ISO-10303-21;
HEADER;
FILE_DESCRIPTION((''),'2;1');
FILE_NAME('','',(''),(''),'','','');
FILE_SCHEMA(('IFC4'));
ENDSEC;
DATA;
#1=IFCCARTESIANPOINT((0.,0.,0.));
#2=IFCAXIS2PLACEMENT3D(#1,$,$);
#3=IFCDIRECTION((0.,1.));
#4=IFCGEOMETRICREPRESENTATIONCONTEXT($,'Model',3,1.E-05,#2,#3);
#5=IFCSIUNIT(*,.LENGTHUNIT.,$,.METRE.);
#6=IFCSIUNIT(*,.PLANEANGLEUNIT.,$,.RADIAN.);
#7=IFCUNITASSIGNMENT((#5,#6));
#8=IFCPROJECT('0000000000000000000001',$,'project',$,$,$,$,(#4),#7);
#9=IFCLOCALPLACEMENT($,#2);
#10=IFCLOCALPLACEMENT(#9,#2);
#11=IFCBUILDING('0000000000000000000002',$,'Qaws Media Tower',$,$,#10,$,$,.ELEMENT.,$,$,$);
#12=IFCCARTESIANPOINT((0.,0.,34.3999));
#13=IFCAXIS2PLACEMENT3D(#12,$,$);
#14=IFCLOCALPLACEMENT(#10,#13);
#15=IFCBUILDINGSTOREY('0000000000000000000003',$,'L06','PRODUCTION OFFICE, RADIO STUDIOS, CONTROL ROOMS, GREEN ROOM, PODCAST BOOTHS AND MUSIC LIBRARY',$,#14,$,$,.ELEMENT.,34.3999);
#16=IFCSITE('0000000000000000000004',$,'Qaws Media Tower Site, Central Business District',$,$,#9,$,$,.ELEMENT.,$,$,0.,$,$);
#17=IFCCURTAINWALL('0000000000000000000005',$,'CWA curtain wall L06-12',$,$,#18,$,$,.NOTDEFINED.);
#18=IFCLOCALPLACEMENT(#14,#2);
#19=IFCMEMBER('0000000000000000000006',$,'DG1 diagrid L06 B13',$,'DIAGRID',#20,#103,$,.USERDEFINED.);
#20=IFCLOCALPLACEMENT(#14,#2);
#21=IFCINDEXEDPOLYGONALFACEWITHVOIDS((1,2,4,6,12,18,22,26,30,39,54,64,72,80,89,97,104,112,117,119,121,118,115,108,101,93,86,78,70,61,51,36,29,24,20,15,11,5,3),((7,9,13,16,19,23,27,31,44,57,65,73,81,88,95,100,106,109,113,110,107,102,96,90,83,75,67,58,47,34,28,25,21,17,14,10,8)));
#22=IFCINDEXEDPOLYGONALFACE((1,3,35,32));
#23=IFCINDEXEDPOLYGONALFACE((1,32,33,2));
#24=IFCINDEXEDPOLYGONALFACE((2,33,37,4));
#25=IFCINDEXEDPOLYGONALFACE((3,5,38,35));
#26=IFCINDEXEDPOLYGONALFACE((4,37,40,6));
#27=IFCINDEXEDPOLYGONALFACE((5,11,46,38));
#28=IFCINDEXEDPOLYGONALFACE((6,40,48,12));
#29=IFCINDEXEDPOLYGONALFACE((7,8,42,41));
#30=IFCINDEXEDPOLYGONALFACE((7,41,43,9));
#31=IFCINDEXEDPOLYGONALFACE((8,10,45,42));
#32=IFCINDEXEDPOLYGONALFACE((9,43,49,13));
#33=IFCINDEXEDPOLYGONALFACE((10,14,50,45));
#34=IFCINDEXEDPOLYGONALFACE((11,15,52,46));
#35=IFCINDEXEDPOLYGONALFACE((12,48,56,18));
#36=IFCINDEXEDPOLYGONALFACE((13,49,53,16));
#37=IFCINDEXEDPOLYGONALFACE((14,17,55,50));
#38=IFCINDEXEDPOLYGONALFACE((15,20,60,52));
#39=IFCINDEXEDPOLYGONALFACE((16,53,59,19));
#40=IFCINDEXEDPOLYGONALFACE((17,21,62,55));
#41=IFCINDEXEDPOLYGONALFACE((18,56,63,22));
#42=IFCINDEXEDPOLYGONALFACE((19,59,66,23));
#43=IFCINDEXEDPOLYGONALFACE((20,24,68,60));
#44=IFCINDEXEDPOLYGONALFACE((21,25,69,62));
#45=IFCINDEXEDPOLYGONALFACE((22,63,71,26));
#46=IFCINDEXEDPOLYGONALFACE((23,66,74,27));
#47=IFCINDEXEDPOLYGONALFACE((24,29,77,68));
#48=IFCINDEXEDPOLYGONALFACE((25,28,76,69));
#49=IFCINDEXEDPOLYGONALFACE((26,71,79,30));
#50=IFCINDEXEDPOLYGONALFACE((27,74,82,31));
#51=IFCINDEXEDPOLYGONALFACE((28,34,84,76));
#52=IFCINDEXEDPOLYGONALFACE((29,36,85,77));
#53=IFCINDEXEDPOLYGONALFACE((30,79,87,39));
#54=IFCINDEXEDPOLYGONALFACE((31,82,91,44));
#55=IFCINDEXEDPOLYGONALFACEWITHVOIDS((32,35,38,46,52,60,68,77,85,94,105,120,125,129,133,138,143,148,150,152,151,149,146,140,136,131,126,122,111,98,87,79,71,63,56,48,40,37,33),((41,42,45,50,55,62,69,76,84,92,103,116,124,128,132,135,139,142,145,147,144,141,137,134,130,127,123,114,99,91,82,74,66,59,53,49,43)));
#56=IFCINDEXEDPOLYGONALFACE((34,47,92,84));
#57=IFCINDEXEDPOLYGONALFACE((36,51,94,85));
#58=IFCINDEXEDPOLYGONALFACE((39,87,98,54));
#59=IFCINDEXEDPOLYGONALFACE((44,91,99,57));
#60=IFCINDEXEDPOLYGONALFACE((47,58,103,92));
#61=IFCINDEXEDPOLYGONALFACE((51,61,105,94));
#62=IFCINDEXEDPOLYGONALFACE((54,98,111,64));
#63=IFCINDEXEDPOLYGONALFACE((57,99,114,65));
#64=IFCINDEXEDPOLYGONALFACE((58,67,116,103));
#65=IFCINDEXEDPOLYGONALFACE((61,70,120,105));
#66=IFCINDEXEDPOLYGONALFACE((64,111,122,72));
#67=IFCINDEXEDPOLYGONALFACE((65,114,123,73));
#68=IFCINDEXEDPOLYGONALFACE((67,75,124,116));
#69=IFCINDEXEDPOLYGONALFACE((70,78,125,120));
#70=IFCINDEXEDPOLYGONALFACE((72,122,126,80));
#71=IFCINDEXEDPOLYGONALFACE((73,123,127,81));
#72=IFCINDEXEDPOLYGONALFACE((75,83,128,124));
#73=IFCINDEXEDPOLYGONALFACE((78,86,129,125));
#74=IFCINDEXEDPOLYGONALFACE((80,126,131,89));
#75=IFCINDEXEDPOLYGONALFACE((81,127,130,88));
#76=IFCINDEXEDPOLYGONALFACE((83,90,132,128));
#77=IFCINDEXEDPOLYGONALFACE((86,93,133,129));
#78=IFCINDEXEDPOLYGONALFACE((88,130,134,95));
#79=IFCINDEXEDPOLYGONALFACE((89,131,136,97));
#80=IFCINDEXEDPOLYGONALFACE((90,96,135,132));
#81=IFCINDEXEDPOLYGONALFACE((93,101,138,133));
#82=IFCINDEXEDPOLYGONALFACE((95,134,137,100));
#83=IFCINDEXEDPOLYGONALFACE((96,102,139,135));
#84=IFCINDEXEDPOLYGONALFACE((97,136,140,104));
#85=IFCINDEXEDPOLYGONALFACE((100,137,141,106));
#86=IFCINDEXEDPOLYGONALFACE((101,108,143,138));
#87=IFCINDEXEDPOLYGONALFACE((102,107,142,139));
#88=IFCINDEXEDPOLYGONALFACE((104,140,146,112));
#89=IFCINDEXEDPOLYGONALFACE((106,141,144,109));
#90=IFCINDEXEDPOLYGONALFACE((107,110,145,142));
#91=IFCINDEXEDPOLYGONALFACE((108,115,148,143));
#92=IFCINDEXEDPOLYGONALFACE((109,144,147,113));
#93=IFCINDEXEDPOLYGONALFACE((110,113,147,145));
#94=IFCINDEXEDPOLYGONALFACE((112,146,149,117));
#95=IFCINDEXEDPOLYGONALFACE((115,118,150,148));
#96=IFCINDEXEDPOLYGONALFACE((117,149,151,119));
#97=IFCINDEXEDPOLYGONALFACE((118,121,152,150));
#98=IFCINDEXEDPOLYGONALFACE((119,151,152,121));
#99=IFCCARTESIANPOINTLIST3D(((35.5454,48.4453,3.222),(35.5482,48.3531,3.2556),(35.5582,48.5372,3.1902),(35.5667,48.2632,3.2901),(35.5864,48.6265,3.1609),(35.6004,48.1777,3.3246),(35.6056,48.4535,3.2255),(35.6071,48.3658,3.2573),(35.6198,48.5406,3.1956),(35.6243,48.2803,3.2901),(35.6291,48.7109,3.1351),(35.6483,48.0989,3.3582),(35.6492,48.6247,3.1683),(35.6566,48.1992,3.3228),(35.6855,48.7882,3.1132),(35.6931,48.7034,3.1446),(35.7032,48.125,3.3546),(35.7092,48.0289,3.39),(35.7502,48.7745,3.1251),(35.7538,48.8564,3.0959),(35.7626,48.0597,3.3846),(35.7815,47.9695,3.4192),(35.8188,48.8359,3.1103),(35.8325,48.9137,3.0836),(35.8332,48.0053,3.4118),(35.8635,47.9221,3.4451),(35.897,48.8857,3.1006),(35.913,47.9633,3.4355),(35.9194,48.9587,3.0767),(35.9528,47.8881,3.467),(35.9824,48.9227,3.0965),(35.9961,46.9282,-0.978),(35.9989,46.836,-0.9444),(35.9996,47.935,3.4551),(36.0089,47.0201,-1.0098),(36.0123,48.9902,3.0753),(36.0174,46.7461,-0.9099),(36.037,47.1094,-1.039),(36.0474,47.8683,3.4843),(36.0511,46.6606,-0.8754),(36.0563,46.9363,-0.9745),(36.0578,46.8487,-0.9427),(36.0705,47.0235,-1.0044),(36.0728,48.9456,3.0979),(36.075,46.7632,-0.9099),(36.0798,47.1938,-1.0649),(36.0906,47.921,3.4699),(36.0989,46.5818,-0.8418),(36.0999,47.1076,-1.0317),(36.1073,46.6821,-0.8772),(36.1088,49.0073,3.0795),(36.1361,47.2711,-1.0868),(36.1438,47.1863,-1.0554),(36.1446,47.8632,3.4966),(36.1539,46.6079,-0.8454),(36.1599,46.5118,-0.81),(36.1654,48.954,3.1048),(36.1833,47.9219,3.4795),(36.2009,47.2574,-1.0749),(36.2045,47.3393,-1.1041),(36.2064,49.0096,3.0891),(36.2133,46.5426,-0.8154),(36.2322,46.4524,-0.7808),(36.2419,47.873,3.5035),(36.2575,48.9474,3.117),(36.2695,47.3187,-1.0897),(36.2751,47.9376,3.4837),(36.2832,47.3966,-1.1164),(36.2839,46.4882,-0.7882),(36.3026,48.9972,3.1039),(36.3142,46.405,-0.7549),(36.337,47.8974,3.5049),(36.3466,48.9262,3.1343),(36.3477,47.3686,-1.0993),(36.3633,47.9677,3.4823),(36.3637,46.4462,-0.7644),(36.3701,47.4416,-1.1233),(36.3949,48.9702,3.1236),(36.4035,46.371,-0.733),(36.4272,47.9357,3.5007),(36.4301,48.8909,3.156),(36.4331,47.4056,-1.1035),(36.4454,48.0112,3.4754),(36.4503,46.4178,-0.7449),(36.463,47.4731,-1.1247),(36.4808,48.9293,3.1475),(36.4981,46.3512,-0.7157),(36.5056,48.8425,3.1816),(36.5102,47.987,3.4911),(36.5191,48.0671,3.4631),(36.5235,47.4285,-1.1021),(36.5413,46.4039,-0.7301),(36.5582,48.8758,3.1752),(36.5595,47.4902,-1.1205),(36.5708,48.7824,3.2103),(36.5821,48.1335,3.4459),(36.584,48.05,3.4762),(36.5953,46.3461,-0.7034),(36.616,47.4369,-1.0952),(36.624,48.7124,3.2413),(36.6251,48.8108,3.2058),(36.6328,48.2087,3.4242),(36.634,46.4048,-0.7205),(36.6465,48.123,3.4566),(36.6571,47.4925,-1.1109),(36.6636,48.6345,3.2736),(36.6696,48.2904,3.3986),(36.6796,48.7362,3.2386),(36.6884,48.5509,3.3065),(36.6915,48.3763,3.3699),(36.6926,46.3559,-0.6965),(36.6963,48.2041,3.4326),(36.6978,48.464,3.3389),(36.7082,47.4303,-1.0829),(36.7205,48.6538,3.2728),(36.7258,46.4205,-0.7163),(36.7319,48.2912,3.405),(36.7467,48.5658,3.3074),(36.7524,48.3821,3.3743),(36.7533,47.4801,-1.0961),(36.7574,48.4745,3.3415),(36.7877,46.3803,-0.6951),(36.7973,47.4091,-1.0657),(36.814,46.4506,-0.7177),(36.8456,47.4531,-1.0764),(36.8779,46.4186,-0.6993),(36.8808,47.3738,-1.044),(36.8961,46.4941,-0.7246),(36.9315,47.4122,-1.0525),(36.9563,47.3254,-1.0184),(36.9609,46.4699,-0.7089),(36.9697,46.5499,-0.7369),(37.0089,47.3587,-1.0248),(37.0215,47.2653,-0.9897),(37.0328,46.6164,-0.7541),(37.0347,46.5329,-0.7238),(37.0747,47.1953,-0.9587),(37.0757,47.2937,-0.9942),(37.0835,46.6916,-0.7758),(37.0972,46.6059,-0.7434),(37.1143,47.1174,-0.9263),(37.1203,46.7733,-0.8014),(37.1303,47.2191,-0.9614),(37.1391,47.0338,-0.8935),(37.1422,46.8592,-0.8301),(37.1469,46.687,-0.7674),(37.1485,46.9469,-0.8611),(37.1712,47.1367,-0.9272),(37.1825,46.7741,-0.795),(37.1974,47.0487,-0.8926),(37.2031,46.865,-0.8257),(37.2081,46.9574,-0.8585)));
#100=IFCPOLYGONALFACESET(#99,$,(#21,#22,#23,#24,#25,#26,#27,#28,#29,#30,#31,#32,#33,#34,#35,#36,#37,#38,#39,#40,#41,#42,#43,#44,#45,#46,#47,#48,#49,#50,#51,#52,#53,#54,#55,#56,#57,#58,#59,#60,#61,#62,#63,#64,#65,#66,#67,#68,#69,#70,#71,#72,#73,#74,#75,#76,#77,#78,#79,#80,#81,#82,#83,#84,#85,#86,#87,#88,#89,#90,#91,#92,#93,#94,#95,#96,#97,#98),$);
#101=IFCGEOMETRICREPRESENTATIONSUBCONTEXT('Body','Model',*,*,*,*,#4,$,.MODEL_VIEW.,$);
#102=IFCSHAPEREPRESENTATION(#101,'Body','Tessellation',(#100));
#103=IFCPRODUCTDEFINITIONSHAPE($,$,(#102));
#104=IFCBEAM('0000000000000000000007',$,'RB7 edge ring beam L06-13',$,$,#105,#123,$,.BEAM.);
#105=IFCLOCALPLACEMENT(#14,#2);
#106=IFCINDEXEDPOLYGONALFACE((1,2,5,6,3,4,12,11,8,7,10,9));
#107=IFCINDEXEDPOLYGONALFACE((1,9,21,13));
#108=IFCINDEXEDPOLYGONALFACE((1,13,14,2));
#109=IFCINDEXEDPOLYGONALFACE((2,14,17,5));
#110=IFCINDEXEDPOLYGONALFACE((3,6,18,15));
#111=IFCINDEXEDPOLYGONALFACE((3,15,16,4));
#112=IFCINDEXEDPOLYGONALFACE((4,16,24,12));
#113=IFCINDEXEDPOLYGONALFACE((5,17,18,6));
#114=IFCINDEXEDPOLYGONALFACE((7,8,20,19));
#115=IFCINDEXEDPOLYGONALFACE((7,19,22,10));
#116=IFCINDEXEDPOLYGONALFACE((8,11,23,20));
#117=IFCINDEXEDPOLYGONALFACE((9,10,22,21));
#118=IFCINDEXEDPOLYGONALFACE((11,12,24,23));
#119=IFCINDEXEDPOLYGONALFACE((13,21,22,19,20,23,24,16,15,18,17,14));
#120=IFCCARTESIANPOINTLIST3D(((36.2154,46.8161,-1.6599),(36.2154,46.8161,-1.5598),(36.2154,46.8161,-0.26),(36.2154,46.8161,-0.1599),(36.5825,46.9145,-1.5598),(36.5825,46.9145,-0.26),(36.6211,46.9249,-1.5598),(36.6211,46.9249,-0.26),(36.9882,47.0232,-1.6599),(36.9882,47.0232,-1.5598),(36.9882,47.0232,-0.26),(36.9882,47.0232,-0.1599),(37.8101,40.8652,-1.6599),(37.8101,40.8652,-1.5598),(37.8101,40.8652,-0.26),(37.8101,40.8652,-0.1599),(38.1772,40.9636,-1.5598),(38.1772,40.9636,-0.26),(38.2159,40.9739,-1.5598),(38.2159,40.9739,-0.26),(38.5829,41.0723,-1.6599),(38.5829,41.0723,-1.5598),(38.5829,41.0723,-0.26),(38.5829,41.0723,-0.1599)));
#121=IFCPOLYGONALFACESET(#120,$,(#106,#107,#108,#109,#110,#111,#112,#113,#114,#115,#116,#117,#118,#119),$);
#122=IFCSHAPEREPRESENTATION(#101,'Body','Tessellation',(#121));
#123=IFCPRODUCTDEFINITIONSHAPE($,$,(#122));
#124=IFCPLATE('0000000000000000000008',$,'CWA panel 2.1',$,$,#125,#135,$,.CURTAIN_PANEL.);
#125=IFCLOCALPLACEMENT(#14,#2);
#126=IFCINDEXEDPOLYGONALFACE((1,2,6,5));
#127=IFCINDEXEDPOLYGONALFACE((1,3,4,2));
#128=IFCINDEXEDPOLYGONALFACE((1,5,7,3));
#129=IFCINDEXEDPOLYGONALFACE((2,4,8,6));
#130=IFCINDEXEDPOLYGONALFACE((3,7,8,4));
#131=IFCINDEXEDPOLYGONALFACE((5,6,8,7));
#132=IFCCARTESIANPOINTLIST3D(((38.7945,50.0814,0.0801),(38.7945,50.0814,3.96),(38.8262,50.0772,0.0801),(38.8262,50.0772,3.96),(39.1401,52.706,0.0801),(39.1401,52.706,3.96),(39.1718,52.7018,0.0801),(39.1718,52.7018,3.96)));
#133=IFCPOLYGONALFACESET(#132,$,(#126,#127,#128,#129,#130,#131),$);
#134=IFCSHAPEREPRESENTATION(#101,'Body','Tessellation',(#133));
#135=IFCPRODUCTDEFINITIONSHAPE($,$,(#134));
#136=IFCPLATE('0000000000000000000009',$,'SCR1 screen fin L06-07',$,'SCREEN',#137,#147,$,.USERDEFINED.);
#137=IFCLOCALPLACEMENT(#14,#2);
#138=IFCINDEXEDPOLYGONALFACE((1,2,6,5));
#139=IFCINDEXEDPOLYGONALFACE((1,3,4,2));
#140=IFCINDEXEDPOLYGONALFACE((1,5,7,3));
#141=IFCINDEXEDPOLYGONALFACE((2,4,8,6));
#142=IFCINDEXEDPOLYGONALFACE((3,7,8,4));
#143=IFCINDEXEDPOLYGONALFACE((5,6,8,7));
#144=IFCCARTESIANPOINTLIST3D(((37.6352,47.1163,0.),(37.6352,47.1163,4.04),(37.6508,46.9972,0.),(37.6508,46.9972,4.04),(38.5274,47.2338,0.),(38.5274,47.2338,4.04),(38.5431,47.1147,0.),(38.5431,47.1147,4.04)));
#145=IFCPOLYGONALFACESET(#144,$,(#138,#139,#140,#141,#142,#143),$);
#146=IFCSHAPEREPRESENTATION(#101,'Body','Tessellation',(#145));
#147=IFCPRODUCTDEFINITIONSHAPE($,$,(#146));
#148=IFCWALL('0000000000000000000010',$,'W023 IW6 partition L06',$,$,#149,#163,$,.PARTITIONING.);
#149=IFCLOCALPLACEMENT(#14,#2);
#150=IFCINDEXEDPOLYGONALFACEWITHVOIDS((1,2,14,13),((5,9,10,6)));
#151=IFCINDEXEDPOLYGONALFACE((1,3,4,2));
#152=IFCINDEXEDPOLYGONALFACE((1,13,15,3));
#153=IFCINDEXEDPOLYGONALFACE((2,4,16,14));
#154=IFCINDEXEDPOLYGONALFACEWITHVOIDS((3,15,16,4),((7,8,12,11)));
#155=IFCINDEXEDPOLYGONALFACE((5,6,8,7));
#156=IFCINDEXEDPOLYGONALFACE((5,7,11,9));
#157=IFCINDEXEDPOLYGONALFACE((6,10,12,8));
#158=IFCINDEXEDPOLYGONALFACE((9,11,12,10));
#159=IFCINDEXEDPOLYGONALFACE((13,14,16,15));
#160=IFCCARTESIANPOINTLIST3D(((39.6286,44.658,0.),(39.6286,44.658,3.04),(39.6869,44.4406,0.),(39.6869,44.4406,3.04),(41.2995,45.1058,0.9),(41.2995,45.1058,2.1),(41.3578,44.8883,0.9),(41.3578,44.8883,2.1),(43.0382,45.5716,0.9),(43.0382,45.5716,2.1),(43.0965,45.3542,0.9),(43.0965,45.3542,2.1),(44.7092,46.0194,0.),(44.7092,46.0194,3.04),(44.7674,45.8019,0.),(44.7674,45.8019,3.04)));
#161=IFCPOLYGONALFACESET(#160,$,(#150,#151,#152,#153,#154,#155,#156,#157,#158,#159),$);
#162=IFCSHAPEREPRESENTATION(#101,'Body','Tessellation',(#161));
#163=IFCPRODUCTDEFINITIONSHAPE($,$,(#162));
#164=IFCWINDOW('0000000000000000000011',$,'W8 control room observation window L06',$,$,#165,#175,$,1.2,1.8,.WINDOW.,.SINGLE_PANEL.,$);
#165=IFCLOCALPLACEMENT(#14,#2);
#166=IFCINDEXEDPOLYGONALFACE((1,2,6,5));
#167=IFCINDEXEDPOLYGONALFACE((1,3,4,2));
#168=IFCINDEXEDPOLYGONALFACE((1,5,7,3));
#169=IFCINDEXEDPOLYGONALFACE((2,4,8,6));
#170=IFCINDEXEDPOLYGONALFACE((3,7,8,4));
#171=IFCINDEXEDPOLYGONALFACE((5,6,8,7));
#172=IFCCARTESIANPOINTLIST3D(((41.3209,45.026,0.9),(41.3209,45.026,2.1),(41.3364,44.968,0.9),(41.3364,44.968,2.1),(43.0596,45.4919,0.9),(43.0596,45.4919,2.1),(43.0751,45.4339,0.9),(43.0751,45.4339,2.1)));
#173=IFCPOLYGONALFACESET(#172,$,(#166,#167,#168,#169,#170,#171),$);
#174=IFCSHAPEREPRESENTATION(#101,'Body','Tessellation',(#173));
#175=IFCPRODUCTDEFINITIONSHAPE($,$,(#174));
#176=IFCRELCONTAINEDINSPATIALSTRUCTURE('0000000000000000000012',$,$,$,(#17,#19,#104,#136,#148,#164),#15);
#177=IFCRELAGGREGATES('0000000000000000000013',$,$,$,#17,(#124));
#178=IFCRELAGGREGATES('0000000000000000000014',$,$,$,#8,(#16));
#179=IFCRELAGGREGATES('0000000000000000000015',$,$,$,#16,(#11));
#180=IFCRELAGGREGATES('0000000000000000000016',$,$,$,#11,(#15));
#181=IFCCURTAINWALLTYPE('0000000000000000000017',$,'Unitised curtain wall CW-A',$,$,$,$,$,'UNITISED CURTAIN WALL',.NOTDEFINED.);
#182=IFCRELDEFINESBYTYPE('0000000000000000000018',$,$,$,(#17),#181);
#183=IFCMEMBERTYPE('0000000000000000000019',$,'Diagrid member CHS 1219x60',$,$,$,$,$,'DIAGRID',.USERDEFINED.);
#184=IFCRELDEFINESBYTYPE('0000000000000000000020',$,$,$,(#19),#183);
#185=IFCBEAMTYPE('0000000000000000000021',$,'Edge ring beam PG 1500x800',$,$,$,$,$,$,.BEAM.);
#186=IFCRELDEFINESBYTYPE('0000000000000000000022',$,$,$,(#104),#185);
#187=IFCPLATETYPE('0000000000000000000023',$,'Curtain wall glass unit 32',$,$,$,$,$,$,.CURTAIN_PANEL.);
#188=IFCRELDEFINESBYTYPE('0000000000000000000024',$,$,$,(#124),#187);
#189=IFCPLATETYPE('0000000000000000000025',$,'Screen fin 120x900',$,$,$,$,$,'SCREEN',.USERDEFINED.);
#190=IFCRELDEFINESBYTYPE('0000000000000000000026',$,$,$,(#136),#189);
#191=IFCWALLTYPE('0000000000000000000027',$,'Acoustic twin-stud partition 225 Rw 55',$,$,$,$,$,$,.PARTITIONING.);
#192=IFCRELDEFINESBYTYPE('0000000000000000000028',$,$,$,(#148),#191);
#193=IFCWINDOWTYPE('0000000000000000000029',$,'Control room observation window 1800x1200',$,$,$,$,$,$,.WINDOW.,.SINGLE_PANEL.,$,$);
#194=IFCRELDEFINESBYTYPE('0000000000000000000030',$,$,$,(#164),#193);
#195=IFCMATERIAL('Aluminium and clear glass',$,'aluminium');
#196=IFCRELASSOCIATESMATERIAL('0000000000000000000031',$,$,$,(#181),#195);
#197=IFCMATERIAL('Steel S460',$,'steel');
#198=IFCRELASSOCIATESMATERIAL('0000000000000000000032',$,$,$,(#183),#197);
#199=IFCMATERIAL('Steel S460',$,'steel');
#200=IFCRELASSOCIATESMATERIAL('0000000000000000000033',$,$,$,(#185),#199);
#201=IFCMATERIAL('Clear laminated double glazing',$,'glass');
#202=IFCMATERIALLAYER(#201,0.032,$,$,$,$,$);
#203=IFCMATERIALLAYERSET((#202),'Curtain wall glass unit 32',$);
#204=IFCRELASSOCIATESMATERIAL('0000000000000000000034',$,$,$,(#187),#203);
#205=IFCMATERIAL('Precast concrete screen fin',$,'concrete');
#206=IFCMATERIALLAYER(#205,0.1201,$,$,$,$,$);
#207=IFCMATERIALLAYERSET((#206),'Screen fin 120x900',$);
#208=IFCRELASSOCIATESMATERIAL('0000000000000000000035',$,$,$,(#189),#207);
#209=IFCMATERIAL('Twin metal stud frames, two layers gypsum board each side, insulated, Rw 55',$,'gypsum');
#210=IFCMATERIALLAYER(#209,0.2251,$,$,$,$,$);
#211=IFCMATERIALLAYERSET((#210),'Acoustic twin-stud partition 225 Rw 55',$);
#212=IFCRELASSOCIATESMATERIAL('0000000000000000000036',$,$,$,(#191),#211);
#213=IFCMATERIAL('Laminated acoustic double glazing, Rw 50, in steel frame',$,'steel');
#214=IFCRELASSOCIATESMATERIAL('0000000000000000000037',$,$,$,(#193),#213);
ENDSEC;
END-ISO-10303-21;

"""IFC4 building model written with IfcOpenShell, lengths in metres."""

from ifc_helpers import new_model, si_unit, direction, frame, frame_2d, origin, origin_2d, place, context, subcontext, project, spatial, rectangle, hollow_circle, i_section, extrude, material, layer, layer_set, material_profile, profile_set, type_object, element, fill, aggregate, save


model = new_model("IFC4")

# Units and contexts
model_context = context("Model", 3, precision=1e-05, world=origin(), true_north=direction((0.0, 1.0)))
body_context = subcontext(model_context, "Body", "Model", "MODEL_VIEW")
ifc_project = project(units=[si_unit("LENGTHUNIT", "METRE"), si_unit("PLANEANGLEUNIT", "RADIAN")], contexts=[model_context])

# Site, building, storey
site_placement = place(None, origin())
site = spatial("IfcSite", under=ifc_project, at=site_placement, Name="Qaws Media Tower Site, Central Business District", CompositionType="ELEMENT", RefElevation=0.0)
building_placement = place(site_placement, origin())
building = spatial("IfcBuilding", under=site, at=building_placement, Name="Qaws Media Tower", CompositionType="ELEMENT")
storey_placement = place(building_placement, frame((0.0, 0.0, 34.3999)))
storey = spatial("IfcBuildingStorey", under=building, at=storey_placement, Name="L06", Description="PRODUCTION OFFICE, RADIO STUDIOS, CONTROL ROOMS, GREEN ROOM, PODCAST BOOTHS AND MUSIC LIBRARY", CompositionType="ELEMENT", Elevation=34.3999)

# Curtain wall
ifc_material_1 = material(Name="Aluminium and clear glass", Category="aluminium")
curtain_wall_type = type_object("IfcCurtainWallType", Name="Unitised curtain wall CW-A", ElementType="UNITISED CURTAIN WALL", PredefinedType="NOTDEFINED", material=ifc_material_1)
curtain_wall_1_placement = place(storey_placement, origin())
curtain_wall_1 = element("IfcCurtainWall", 1, at=curtain_wall_1_placement, inside=storey, type_object=curtain_wall_type, Name="CWA curtain wall L06-12", PredefinedType="NOTDEFINED")

# Member
ifc_material_2 = material(Name="Steel S460", Category="steel")
ifc_material_profile_1 = material_profile(ifc_material_2, hollow_circle(Radius=0.6096, WallThickness=0.0601, at=origin_2d()), Name="CHS 1219x60")
ifc_profile_set_1 = profile_set([ifc_material_profile_1], Name="Steel S460")
member_type_1 = type_object("IfcMemberType", Name="Diagrid member CHS 1219x60", ElementType="DIAGRID", PredefinedType="USERDEFINED", material=ifc_profile_set_1)
for number, where, z_axis, x_axis, name in (
    (2, (36.6018, 46.9197, -0.9099), (-0.100414, 0.338015, 0.935769), (-0.958596, -0.284771, 0.0), "DG1 diagrid L06 B13"),
):
    element("IfcMember", number, at=place(storey_placement, frame(where, z_axis=z_axis, x_axis=x_axis)), inside=storey, type_object=member_type_1, Name=name, ObjectType="DIAGRID", PredefinedType="USERDEFINED", context=body_context, shape_type="SweptSolid", body=[
        extrude(hollow_circle(Radius=0.6096, WallThickness=0.0601, at=origin_2d()), origin(), (0.0, 0.0, 1.0), 4.4883),
    ])

# Beam
ifc_material_3 = material(Name="Steel S460", Category="steel")
ifc_material_profile_2 = material_profile(ifc_material_3, i_section(OverallWidth=0.8, OverallDepth=1.5, WebThickness=0.04, FlangeThickness=0.1001, at=origin_2d()), Name="PG 1500x800")
ifc_profile_set_2 = profile_set([ifc_material_profile_2], Name="Steel S460")
beam_type = type_object("IfcBeamType", Name="Edge ring beam PG 1500x800", PredefinedType="BEAM", material=ifc_profile_set_2)
beam_placement = place(storey_placement, frame((36.6018, 46.9197, -0.9099), z_axis=(0.258846, -0.965919, 0.0), x_axis=(0.965919, 0.258846, 0.0)))
element("IfcBeam", 3, at=beam_placement, inside=storey, type_object=beam_type, Name="RB7 edge ring beam L06-13", PredefinedType="BEAM", context=body_context, shape_type="SweptSolid", body=[
    extrude(i_section(OverallWidth=0.8, OverallDepth=1.5, WebThickness=0.04, FlangeThickness=0.1001, at=origin_2d()), origin(), (0.0, 0.0, 1.0), 6.1609),
])

# Plates
ifc_material_4 = material(Name="Clear laminated double glazing", Category="glass")
ifc_layer_1 = layer(ifc_material_4, 0.032)
ifc_layer_set_1 = layer_set([ifc_layer_1], Name="Curtain wall glass unit 32")
plate_type_1 = type_object("IfcPlateType", Name="Curtain wall glass unit 32", PredefinedType="CURTAIN_PANEL", material=ifc_layer_set_1)
plate_1_placement = place(storey_placement, frame((38.9832, 51.3916, 0.0801), z_axis=(0.0, 0.0, 1.0), x_axis=(-0.130526, -0.991445, 0.0)))
plate_1 = element("IfcPlate", 4, at=plate_1_placement, type_object=plate_type_1, Name="CWA panel 2.1", PredefinedType="CURTAIN_PANEL", context=body_context, shape_type="SweptSolid", body=[
    extrude(rectangle(XDim=2.6472, YDim=0.032, at=origin_2d()), origin(), (0.0, 0.0, 1.0), 3.8799),
])
aggregate(curtain_wall_1, [plate_1])
ifc_material_5 = material(Name="Precast concrete screen fin", Category="concrete")
ifc_layer_2 = layer(ifc_material_5, 0.1201)
ifc_layer_set_2 = layer_set([ifc_layer_2], Name="Screen fin 120x900")
plate_type_2 = type_object("IfcPlateType", Name="Screen fin 120x900", ElementType="SCREEN", PredefinedType="USERDEFINED", material=ifc_layer_set_2)
plate_2_placement = place(storey_placement, frame((38.0891, 47.1155, 0.0), z_axis=(0.0, 0.0, 1.0), x_axis=(-0.991445, -0.130526, 0.0)))
element("IfcPlate", 5, at=plate_2_placement, inside=storey, type_object=plate_type_2, Name="SCR1 screen fin L06-07", ObjectType="SCREEN", PredefinedType="USERDEFINED", context=body_context, shape_type="SweptSolid", body=[
    extrude(rectangle(XDim=0.8999, YDim=0.1201, at=origin_2d()), origin(), (0.0, 0.0, 1.0), 4.04),
])

# Wall, opening, window
ifc_material_6 = material(Name="Twin metal stud frames, two layers gypsum board each side, insulated, Rw 55", Category="gypsum")
ifc_layer_3 = layer(ifc_material_6, 0.2251)
ifc_layer_set_3 = layer_set([ifc_layer_3], Name="Acoustic twin-stud partition 225 Rw 55")
wall_type_1 = type_object("IfcWallType", Name="Acoustic twin-stud partition 225 Rw 55", PredefinedType="PARTITIONING", material=ifc_layer_set_3)
wall_1_placement = place(storey_placement, frame((44.7383, 45.9106, 0.0), z_axis=(0.0, 0.0, 1.0), x_axis=(-0.965926, -0.258818, 0.0)))
wall_1 = element("IfcWall", 6, at=wall_1_placement, inside=storey, type_object=wall_type_1, Name="W023 IW6 partition L06", PredefinedType="PARTITIONING", context=body_context, shape_type="SweptSolid", body=[
    extrude(rectangle(XDim=5.2598, YDim=0.2251, at=frame_2d((2.6299, 0.0))), origin(), (0.0, 0.0, 1.0), 3.04),
])
opening_1_placement = place(wall_1_placement, frame((1.73, 0.0, 0.8999)))
opening_1 = element("IfcOpeningElement", 7, at=opening_1_placement, cuts=wall_1, PredefinedType="OPENING", context=body_context, shape_type="SweptSolid", body=[
    extrude(rectangle(XDim=1.8, YDim=1.2, at=frame_2d((0.8999, 0.6001))), frame((0.0, 0.1226, 0.0), z_axis=(0.0, -1.0, 0.0), x_axis=(1.0, 0.0, 0.0)), (0.0, 0.0, 1.0), 0.2451),
])
ifc_material_7 = material(Name="Laminated acoustic double glazing, Rw 50, in steel frame", Category="steel")
window_type_1 = type_object("IfcWindowType", Name="Control room observation window 1800x1200", PartitioningType="SINGLE_PANEL", PredefinedType="WINDOW", material=ifc_material_7)
window_1_placement = place(opening_1_placement, origin())
window_1 = element("IfcWindow", 8, at=window_1_placement, inside=storey, type_object=window_type_1, Name="W8 control room observation window L06", OverallHeight=1.2, OverallWidth=1.8, PartitioningType="SINGLE_PANEL", PredefinedType="WINDOW", context=body_context, shape_type="SweptSolid", body=[
    extrude(rectangle(XDim=1.8, YDim=1.2, at=frame_2d((0.8999, 0.6001))), frame((0.0, 0.03, 0.0), z_axis=(0.0, -1.0, 0.0), x_axis=(1.0, 0.0, 0.0)), (0.0, 0.0, 1.0), 0.0601),
])
fill(opening_1, window_1)

save(model, "model.ifc")
